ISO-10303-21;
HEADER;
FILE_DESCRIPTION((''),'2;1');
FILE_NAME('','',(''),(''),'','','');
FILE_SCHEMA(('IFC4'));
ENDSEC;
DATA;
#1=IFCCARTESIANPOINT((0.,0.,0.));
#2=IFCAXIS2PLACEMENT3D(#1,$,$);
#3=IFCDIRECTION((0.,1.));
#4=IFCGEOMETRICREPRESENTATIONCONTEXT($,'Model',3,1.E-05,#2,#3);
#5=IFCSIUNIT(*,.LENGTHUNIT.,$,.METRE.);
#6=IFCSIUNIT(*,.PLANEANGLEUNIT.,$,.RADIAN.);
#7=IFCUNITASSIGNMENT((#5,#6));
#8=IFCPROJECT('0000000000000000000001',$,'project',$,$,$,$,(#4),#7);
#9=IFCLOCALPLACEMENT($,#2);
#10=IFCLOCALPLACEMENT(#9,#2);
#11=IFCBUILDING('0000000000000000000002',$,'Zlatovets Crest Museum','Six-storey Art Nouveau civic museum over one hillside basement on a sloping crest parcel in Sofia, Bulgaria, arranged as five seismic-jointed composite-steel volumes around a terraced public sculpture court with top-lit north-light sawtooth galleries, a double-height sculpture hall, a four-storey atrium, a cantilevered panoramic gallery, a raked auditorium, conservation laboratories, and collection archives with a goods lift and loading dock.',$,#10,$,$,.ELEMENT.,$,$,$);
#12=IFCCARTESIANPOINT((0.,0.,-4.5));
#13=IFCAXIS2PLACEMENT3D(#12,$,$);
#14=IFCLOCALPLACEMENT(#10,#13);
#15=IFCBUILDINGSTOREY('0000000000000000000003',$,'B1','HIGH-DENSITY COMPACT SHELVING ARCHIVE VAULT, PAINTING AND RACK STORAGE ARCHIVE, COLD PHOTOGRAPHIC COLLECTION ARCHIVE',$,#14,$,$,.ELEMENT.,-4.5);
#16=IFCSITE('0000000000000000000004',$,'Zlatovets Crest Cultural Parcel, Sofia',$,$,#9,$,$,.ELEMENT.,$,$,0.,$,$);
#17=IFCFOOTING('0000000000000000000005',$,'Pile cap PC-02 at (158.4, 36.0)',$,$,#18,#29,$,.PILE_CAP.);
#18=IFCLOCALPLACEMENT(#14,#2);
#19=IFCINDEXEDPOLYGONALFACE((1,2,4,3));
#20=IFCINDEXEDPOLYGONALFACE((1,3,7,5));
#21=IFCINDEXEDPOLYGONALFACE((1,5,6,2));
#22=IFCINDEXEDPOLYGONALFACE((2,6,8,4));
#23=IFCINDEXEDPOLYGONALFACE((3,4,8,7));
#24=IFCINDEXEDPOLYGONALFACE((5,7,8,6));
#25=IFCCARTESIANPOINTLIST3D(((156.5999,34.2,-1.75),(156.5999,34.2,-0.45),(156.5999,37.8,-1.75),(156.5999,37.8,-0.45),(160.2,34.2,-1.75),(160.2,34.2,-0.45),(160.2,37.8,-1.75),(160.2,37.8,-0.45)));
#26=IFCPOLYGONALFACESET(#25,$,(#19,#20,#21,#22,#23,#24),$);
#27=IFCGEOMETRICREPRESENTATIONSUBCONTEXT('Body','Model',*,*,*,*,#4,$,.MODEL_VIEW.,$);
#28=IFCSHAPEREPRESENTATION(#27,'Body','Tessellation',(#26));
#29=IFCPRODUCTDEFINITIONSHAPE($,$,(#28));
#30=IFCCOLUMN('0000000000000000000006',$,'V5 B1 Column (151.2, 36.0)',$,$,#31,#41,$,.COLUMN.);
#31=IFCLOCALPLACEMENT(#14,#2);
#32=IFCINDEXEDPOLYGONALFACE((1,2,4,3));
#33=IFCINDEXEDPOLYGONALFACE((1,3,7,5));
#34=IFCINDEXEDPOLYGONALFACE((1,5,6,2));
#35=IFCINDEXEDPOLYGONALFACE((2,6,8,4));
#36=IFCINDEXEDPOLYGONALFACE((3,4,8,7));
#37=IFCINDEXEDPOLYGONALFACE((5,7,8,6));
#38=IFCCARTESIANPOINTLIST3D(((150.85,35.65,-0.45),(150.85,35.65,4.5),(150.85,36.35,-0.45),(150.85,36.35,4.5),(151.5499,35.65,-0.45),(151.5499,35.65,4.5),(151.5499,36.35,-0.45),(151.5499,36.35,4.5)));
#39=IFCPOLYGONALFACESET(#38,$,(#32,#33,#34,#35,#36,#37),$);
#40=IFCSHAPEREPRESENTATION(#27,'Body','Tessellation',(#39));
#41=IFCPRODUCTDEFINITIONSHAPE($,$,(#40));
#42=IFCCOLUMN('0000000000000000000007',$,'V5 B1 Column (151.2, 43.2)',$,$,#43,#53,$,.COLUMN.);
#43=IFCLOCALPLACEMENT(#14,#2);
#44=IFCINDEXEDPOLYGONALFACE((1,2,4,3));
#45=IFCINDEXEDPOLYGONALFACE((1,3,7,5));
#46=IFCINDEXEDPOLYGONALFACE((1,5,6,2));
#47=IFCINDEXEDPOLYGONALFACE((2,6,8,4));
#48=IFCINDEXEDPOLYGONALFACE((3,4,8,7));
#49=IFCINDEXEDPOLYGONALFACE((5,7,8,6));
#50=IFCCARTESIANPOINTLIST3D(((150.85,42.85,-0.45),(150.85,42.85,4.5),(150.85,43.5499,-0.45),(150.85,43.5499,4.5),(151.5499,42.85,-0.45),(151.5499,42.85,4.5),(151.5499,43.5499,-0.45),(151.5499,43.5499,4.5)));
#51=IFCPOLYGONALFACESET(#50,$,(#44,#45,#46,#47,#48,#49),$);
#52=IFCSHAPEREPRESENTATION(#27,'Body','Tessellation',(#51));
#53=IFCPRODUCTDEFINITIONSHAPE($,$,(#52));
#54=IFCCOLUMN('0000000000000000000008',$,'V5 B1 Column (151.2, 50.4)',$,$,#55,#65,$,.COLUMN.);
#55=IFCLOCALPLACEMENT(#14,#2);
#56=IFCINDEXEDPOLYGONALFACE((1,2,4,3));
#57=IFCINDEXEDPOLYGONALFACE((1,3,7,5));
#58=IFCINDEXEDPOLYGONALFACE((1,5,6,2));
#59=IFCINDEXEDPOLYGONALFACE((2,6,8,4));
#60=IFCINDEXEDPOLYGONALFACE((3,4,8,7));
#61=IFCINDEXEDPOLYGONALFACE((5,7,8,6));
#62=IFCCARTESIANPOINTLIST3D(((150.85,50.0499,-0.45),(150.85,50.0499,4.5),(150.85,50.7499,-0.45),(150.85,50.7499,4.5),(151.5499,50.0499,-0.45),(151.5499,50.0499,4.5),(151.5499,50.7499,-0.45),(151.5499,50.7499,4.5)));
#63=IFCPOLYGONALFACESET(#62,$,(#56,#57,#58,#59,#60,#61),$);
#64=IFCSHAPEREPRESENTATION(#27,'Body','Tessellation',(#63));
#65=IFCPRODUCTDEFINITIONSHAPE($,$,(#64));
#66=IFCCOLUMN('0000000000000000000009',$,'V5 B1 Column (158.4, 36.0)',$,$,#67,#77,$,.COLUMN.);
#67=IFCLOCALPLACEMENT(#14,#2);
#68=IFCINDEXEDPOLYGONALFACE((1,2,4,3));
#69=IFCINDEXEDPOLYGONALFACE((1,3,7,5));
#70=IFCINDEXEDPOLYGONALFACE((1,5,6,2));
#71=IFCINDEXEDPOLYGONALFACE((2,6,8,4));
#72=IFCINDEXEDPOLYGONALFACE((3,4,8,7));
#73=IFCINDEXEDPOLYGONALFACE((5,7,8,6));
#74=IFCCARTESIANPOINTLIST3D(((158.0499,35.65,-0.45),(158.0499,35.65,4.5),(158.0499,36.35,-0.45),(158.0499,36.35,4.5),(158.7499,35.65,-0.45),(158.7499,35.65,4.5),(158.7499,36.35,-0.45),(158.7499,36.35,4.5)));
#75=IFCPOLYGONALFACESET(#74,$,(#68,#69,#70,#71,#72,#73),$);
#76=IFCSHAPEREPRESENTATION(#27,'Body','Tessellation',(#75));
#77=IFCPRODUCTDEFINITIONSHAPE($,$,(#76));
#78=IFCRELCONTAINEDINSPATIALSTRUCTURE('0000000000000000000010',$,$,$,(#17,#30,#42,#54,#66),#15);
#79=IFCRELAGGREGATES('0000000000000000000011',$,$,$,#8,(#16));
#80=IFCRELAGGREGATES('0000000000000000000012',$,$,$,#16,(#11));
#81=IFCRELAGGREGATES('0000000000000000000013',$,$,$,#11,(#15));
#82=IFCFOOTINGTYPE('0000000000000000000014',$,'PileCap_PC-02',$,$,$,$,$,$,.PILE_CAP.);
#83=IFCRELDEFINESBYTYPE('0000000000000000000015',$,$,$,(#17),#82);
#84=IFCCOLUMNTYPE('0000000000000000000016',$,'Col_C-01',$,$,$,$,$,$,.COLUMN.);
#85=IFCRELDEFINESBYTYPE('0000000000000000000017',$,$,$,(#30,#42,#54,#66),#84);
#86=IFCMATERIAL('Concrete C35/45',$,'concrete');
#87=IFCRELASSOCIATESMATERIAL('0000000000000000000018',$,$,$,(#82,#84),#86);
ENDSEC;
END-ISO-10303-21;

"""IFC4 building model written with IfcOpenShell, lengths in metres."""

from ifc_helpers import new_model, si_unit, direction, frame, origin, origin_2d, place, context, subcontext, project, spatial, rectangle, extrude, material, material_profile, profile_set, type_object, element, save


model = new_model("IFC4")

# Units and contexts
model_context = context("Model", 3, precision=1e-05, world=origin(), true_north=direction((0.0, 1.0)))
body_context = subcontext(model_context, "Body", "Model", "MODEL_VIEW")
ifc_project = project(units=[si_unit("LENGTHUNIT", "METRE"), si_unit("PLANEANGLEUNIT", "RADIAN")], contexts=[model_context])

# Site, building, storey
site_placement = place(None, origin())
site = spatial("IfcSite", under=ifc_project, at=site_placement, Name="Zlatovets Crest Cultural Parcel, Sofia", CompositionType="ELEMENT", RefElevation=0.0)
building_placement = place(site_placement, origin())
building = spatial("IfcBuilding", under=site, at=building_placement, Name="Zlatovets Crest Museum", Description="Six-storey Art Nouveau civic museum over one hillside basement on a sloping crest parcel in Sofia, Bulgaria, arranged as five seismic-jointed composite-steel volumes around a terraced public sculpture court with top-lit north-light sawtooth galleries, a double-height sculpture hall, a four-storey atrium, a cantilevered panoramic gallery, a raked auditorium, conservation laboratories, and collection archives with a goods lift and loading dock.", CompositionType="ELEMENT")
storey_placement = place(building_placement, frame((0.0, 0.0, -4.5)))
storey = spatial("IfcBuildingStorey", under=building, at=storey_placement, Name="B1", Description="HIGH-DENSITY COMPACT SHELVING ARCHIVE VAULT, PAINTING AND RACK STORAGE ARCHIVE, COLD PHOTOGRAPHIC COLLECTION ARCHIVE", CompositionType="ELEMENT", Elevation=-4.5)

# Shared definitions
ifc_material = material(Name="Concrete C35/45", Category="concrete")

# Footing
footing_type = type_object("IfcFootingType", Name="PileCap_PC-02", PredefinedType="PILE_CAP", material=ifc_material)
for number, where, z_axis, x_axis, name in (
    (1, (158.3999, 36.0, -1.75), (0.0, 0.0, 1.0), (1.0, 0.0, 0.0), "Pile cap PC-02 at (158.4, 36.0)"),
):
    element("IfcFooting", number, at=place(storey_placement, frame(where, z_axis=z_axis, x_axis=x_axis)), inside=storey, type_object=footing_type, Name=name, PredefinedType="PILE_CAP", context=body_context, shape_type="SweptSolid", body=[
        extrude(rectangle(XDim=3.6001, YDim=3.6001, at=origin_2d()), origin(), (0.0, 0.0, 1.0), 1.3),
    ])

# Columns
ifc_material_profile_1 = material_profile(ifc_material, rectangle(XDim=0.7, YDim=0.7, at=origin_2d()), Name="RC 700x700")
ifc_profile_set_1 = profile_set([ifc_material_profile_1], Name="Concrete C35/45")
column_type = type_object("IfcColumnType", Name="Col_C-01", PredefinedType="COLUMN", material=ifc_profile_set_1)
for number, where, z_axis, x_axis, name in (
    (2, (151.2, 36.0, -0.45), (0.0, 0.0, 1.0), (1.0, 0.0, 0.0), "V5 B1 Column (151.2, 36.0)"),
    (3, (151.2, 43.2, -0.45), (0.0, 0.0, 1.0), (0.0, 1.0, 0.0), "V5 B1 Column (151.2, 43.2)"),
    (4, (151.2, 50.3999, -0.45), (0.0, 0.0, 1.0), (1.0, 0.0, 0.0), "V5 B1 Column (151.2, 50.4)"),
    (5, (158.3999, 36.0, -0.45), (0.0, 0.0, 1.0), (0.0, 1.0, 0.0), "V5 B1 Column (158.4, 36.0)"),
):
    element("IfcColumn", number, at=place(storey_placement, frame(where, z_axis=z_axis, x_axis=x_axis)), inside=storey, type_object=column_type, Name=name, PredefinedType="COLUMN", context=body_context, shape_type="SweptSolid", body=[
        extrude(rectangle(XDim=0.7, YDim=0.7, at=origin_2d()), origin(), (0.0, 0.0, 1.0), 4.95),
    ])

save(model, "model.ifc")
